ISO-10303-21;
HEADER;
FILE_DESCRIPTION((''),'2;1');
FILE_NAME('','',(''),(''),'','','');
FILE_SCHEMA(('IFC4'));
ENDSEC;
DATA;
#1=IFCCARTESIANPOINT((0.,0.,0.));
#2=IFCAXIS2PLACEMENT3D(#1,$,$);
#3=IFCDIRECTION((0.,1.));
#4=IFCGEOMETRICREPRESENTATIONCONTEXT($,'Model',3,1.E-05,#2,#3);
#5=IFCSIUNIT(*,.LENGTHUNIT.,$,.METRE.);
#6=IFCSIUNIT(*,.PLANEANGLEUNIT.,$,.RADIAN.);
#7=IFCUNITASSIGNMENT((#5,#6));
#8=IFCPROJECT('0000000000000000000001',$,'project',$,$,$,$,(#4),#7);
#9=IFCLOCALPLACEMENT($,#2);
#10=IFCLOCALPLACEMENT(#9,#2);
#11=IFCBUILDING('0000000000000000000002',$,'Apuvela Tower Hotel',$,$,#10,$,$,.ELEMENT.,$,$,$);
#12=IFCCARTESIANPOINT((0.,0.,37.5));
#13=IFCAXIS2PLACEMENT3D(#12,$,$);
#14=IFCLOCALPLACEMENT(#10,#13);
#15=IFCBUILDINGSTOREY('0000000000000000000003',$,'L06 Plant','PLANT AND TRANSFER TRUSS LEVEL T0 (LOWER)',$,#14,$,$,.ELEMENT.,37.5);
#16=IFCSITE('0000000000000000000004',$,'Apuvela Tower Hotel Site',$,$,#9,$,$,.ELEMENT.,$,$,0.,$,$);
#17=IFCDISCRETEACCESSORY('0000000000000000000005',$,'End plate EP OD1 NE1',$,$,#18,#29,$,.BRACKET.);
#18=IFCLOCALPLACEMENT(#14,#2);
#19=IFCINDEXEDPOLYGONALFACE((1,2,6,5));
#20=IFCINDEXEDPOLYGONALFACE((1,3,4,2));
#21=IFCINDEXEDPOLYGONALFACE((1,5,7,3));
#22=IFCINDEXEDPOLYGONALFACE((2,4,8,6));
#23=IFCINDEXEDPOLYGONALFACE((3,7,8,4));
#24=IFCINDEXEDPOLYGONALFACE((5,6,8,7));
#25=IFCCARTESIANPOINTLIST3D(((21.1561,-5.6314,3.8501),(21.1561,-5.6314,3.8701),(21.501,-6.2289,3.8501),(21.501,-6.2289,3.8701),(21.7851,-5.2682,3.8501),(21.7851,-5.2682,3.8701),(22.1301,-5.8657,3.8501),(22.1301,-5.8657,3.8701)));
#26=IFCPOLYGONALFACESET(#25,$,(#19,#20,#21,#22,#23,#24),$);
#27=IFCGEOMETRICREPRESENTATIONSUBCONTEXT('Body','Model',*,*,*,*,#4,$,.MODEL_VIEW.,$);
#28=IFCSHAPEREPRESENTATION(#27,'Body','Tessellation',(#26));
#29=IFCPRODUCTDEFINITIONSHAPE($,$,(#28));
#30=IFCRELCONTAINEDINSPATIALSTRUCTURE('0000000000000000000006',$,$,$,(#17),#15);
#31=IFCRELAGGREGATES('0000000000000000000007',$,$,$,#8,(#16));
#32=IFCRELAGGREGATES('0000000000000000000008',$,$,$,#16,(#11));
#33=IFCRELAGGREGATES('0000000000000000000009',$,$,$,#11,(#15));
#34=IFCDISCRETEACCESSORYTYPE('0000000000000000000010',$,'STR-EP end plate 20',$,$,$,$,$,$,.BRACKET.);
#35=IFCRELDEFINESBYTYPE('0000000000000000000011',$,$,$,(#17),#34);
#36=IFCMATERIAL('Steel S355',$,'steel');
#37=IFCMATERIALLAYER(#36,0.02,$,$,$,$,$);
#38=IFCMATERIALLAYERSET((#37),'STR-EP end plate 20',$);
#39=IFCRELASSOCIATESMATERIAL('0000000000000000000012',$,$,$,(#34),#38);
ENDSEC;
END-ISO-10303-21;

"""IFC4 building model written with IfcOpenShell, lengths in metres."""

from ifc_helpers import new_model, si_unit, direction, frame, origin, origin_2d, place, context, subcontext, project, spatial, rectangle, extrude, material, layer, layer_set, type_object, element, save


model = new_model("IFC4")

# Units and contexts
model_context = context("Model", 3, precision=1e-05, world=origin(), true_north=direction((0.0, 1.0)))
body_context = subcontext(model_context, "Body", "Model", "MODEL_VIEW")
ifc_project = project(units=[si_unit("LENGTHUNIT", "METRE"), si_unit("PLANEANGLEUNIT", "RADIAN")], contexts=[model_context])

# Site, building, storey
site_placement = place(None, origin())
site = spatial("IfcSite", under=ifc_project, at=site_placement, Name="Apuvela Tower Hotel Site", CompositionType="ELEMENT", RefElevation=0.0)
building_placement = place(site_placement, origin())
building = spatial("IfcBuilding", under=site, at=building_placement, Name="Apuvela Tower Hotel", CompositionType="ELEMENT")
storey_placement = place(building_placement, frame((0.0, 0.0, 37.5)))
storey = spatial("IfcBuildingStorey", under=building, at=storey_placement, Name="L06 Plant", Description="PLANT AND TRANSFER TRUSS LEVEL T0 (LOWER)", CompositionType="ELEMENT", Elevation=37.5)

# Shared definitions
ifc_material_1 = material(Name="Steel S355", Category="steel")

# Discrete accessory
ifc_layer_1 = layer(ifc_material_1, 0.02)
ifc_layer_set_1 = layer_set([ifc_layer_1], Name="STR-EP end plate 20")
discrete_accessory_type = type_object("IfcDiscreteAccessoryType", Name="STR-EP end plate 20", PredefinedType="BRACKET", material=ifc_layer_set_1)
for number, where, z_axis, x_axis, name in (
    (1, (21.6431, -5.7485, 3.8501), (0.0, 0.0, 1.0), (-0.866025, -0.5, 0.0), "End plate EP OD1 NE1"),
):
    element("IfcDiscreteAccessory", number, at=place(storey_placement, frame(where, z_axis=z_axis, x_axis=x_axis)), inside=storey, type_object=discrete_accessory_type, Name=name, PredefinedType="BRACKET", context=body_context, shape_type="SweptSolid", body=[
        extrude(rectangle(XDim=0.7263, YDim=0.6899, at=origin_2d()), origin(), (0.0, 0.0, 1.0), 0.02),
    ])

save(model, "model.ifc")
